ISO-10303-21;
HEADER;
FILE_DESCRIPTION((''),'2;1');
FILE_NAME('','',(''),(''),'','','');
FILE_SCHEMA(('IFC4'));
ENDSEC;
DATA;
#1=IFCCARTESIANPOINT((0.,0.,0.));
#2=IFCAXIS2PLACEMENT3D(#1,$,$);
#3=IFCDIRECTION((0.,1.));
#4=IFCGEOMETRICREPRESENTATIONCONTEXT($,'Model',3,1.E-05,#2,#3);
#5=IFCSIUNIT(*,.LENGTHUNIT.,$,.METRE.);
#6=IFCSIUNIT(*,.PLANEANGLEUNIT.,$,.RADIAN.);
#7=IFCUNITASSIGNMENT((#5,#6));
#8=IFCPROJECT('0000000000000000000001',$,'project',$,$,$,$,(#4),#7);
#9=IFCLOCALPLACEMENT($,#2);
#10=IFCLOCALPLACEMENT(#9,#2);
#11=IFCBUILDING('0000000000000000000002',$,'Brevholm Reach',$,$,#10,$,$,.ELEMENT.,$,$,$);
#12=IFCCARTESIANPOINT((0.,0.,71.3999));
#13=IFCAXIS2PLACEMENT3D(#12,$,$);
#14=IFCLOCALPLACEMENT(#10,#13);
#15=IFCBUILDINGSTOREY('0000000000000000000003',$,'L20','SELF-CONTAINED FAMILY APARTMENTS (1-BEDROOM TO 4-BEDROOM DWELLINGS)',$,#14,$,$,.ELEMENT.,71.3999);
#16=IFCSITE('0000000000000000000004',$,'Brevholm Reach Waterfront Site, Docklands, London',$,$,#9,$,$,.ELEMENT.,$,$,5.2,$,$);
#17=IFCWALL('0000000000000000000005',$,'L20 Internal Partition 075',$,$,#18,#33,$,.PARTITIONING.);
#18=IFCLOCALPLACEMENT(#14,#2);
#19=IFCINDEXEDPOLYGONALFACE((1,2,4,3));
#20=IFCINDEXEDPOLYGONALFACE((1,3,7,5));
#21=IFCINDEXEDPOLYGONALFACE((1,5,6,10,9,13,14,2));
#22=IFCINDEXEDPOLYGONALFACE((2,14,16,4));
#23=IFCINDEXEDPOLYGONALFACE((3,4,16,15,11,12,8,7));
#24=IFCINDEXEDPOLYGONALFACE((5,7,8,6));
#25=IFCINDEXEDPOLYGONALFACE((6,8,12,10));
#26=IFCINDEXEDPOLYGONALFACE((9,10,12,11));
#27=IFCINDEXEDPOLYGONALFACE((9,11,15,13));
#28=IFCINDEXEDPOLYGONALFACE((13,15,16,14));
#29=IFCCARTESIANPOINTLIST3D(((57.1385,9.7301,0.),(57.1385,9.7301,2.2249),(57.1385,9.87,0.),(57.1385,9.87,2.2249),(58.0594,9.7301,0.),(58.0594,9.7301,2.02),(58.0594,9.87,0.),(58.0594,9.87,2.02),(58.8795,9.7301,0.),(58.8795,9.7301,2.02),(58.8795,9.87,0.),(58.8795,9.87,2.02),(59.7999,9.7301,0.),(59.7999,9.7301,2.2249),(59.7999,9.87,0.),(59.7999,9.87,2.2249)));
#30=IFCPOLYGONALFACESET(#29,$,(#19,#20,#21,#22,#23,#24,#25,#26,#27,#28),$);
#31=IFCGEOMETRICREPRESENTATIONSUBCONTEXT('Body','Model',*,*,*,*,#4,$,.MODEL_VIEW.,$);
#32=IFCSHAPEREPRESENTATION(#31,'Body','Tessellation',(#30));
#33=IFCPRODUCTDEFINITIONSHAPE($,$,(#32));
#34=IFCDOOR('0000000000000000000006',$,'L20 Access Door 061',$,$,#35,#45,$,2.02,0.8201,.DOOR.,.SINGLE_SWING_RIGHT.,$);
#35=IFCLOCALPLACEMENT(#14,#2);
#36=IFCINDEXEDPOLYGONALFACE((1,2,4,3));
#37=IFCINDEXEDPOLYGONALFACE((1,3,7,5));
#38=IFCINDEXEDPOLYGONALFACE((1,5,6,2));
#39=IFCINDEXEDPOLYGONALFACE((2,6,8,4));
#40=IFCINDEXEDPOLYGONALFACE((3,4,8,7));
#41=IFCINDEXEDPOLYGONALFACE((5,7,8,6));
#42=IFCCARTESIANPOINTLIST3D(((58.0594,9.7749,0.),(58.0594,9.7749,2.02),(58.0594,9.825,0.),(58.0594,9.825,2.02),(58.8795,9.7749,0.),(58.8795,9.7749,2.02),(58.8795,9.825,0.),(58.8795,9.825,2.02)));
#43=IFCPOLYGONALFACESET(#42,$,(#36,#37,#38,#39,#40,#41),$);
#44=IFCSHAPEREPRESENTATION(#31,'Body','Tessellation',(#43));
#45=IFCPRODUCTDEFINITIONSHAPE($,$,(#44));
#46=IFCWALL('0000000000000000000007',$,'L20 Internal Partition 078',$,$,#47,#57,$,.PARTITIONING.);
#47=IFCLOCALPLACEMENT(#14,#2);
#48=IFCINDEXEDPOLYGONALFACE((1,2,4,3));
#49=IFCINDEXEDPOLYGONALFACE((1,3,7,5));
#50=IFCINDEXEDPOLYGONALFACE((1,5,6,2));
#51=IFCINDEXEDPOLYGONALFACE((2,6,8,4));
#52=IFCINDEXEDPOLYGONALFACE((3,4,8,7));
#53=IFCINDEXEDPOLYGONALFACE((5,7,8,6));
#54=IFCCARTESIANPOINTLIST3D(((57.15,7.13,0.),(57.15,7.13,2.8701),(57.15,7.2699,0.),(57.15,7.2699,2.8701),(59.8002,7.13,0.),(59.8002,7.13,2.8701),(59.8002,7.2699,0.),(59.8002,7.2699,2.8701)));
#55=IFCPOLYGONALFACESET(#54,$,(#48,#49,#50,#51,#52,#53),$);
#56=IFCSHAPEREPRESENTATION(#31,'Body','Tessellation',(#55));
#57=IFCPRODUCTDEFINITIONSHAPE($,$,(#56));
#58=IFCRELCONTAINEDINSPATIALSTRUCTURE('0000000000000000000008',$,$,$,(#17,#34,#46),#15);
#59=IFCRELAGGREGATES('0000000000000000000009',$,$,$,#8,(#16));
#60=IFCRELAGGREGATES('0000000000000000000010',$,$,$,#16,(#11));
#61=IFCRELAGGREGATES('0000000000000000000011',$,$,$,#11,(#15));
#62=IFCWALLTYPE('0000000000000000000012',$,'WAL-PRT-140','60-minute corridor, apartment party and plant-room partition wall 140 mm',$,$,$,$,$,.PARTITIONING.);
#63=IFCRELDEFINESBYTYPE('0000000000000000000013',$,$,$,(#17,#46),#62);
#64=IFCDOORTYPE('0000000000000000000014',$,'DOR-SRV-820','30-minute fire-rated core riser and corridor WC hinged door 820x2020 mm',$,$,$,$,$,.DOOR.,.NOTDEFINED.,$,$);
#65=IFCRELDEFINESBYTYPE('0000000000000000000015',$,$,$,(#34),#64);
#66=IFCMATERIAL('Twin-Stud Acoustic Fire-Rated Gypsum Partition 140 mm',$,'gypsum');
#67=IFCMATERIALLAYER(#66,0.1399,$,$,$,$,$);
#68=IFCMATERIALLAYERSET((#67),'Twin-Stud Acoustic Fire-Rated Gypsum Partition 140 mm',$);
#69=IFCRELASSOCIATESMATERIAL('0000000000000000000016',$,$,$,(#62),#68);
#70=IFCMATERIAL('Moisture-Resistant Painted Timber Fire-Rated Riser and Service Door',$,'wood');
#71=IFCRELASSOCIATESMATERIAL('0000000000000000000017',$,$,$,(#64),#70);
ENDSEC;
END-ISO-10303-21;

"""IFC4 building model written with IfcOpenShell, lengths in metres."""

from ifc_helpers import new_model, si_unit, direction, frame, frame_2d, origin, place, context, subcontext, project, spatial, rectangle, extrude, material, layer, layer_set, type_object, element, fill, save


model = new_model("IFC4")

# Units and contexts
model_context = context("Model", 3, precision=1e-05, world=origin(), true_north=direction((0.0, 1.0)))
body_context = subcontext(model_context, "Body", "Model", "MODEL_VIEW")
ifc_project = project(units=[si_unit("LENGTHUNIT", "METRE"), si_unit("PLANEANGLEUNIT", "RADIAN")], contexts=[model_context])

# Site, building, storey
site_placement = place(None, origin())
site = spatial("IfcSite", under=ifc_project, at=site_placement, Name="Brevholm Reach Waterfront Site, Docklands, London", CompositionType="ELEMENT", RefElevation=5.2)
building_placement = place(site_placement, origin())
building = spatial("IfcBuilding", under=site, at=building_placement, Name="Brevholm Reach", CompositionType="ELEMENT")
storey_placement = place(building_placement, frame((0.0, 0.0, 71.3999)))
storey = spatial("IfcBuildingStorey", under=building, at=storey_placement, Name="L20", Description="SELF-CONTAINED FAMILY APARTMENTS (1-BEDROOM TO 4-BEDROOM DWELLINGS)", CompositionType="ELEMENT", Elevation=71.3999)

# Wall, opening, door
ifc_material_1 = material(Name="Twin-Stud Acoustic Fire-Rated Gypsum Partition 140 mm", Category="gypsum")
ifc_layer_1 = layer(ifc_material_1, 0.1399)
ifc_layer_set_1 = layer_set([ifc_layer_1], Name="Twin-Stud Acoustic Fire-Rated Gypsum Partition 140 mm")
wall_type_1 = type_object("IfcWallType", Name="WAL-PRT-140", Description="60-minute corridor, apartment party and plant-room partition wall 140 mm", PredefinedType="PARTITIONING", material=ifc_layer_set_1)
wall_1_placement = place(storey_placement, frame((57.1387, 9.8, 0.0), z_axis=(0.0, 0.0, 1.0), x_axis=(1.0, 0.0, 0.0)))
wall_1 = element("IfcWall", 1, at=wall_1_placement, inside=storey, type_object=wall_type_1, Name="L20 Internal Partition 075", PredefinedType="PARTITIONING", context=body_context, shape_type="SweptSolid", body=[
    extrude(rectangle(XDim=2.6614, YDim=0.1399, at=frame_2d((1.3306, 0.0))), origin(), (0.0, 0.0, 1.0), 2.2249),
])
opening_1_placement = place(wall_1_placement, frame((0.9207, 0.0, 0.0)))
opening_1 = element("IfcOpeningElement", 2, at=opening_1_placement, cuts=wall_1, PredefinedType="OPENING", context=body_context, shape_type="SweptSolid", body=[
    extrude(rectangle(XDim=0.8201, YDim=2.02, at=frame_2d((0.4102, 1.01))), frame((0.0, 0.0798, 0.0), z_axis=(0.0, -1.0, 0.0), x_axis=(1.0, 0.0, 0.0)), (0.0, 0.0, 1.0), 0.1599),
])
ifc_material_2 = material(Name="Moisture-Resistant Painted Timber Fire-Rated Riser and Service Door", Category="wood")
door_type_1 = type_object("IfcDoorType", Name="DOR-SRV-820", Description="30-minute fire-rated core riser and corridor WC hinged door 820x2020 mm", OperationType="NOTDEFINED", PredefinedType="DOOR", material=ifc_material_2)
door_1_placement = place(opening_1_placement, origin())
door_1 = element("IfcDoor", 3, at=door_1_placement, inside=storey, type_object=door_type_1, Name="L20 Access Door 061", OperationType="SINGLE_SWING_RIGHT", OverallHeight=2.02, OverallWidth=0.8201, PredefinedType="DOOR", context=body_context, shape_type="SweptSolid", body=[
    extrude(rectangle(XDim=0.8201, YDim=2.02, at=frame_2d((0.4102, 1.01))), frame((0.0, 0.0249, 0.0), z_axis=(0.0, -1.0, 0.0), x_axis=(1.0, 0.0, 0.0)), (0.0, 0.0, 1.0), 0.05),
])
fill(opening_1, door_1)

# Wall
wall_2_placement = place(storey_placement, frame((57.1499, 7.2, 0.0), z_axis=(0.0, 0.0, 1.0), x_axis=(1.0, 0.0, 0.0)))
element("IfcWall", 4, at=wall_2_placement, inside=storey, type_object=wall_type_1, Name="L20 Internal Partition 078", PredefinedType="PARTITIONING", context=body_context, shape_type="SweptSolid", body=[
    extrude(rectangle(XDim=2.6501, YDim=0.1399, at=frame_2d((1.3252, 0.0))), origin(), (0.0, 0.0, 1.0), 2.8701),
])

save(model, "model.ifc")
